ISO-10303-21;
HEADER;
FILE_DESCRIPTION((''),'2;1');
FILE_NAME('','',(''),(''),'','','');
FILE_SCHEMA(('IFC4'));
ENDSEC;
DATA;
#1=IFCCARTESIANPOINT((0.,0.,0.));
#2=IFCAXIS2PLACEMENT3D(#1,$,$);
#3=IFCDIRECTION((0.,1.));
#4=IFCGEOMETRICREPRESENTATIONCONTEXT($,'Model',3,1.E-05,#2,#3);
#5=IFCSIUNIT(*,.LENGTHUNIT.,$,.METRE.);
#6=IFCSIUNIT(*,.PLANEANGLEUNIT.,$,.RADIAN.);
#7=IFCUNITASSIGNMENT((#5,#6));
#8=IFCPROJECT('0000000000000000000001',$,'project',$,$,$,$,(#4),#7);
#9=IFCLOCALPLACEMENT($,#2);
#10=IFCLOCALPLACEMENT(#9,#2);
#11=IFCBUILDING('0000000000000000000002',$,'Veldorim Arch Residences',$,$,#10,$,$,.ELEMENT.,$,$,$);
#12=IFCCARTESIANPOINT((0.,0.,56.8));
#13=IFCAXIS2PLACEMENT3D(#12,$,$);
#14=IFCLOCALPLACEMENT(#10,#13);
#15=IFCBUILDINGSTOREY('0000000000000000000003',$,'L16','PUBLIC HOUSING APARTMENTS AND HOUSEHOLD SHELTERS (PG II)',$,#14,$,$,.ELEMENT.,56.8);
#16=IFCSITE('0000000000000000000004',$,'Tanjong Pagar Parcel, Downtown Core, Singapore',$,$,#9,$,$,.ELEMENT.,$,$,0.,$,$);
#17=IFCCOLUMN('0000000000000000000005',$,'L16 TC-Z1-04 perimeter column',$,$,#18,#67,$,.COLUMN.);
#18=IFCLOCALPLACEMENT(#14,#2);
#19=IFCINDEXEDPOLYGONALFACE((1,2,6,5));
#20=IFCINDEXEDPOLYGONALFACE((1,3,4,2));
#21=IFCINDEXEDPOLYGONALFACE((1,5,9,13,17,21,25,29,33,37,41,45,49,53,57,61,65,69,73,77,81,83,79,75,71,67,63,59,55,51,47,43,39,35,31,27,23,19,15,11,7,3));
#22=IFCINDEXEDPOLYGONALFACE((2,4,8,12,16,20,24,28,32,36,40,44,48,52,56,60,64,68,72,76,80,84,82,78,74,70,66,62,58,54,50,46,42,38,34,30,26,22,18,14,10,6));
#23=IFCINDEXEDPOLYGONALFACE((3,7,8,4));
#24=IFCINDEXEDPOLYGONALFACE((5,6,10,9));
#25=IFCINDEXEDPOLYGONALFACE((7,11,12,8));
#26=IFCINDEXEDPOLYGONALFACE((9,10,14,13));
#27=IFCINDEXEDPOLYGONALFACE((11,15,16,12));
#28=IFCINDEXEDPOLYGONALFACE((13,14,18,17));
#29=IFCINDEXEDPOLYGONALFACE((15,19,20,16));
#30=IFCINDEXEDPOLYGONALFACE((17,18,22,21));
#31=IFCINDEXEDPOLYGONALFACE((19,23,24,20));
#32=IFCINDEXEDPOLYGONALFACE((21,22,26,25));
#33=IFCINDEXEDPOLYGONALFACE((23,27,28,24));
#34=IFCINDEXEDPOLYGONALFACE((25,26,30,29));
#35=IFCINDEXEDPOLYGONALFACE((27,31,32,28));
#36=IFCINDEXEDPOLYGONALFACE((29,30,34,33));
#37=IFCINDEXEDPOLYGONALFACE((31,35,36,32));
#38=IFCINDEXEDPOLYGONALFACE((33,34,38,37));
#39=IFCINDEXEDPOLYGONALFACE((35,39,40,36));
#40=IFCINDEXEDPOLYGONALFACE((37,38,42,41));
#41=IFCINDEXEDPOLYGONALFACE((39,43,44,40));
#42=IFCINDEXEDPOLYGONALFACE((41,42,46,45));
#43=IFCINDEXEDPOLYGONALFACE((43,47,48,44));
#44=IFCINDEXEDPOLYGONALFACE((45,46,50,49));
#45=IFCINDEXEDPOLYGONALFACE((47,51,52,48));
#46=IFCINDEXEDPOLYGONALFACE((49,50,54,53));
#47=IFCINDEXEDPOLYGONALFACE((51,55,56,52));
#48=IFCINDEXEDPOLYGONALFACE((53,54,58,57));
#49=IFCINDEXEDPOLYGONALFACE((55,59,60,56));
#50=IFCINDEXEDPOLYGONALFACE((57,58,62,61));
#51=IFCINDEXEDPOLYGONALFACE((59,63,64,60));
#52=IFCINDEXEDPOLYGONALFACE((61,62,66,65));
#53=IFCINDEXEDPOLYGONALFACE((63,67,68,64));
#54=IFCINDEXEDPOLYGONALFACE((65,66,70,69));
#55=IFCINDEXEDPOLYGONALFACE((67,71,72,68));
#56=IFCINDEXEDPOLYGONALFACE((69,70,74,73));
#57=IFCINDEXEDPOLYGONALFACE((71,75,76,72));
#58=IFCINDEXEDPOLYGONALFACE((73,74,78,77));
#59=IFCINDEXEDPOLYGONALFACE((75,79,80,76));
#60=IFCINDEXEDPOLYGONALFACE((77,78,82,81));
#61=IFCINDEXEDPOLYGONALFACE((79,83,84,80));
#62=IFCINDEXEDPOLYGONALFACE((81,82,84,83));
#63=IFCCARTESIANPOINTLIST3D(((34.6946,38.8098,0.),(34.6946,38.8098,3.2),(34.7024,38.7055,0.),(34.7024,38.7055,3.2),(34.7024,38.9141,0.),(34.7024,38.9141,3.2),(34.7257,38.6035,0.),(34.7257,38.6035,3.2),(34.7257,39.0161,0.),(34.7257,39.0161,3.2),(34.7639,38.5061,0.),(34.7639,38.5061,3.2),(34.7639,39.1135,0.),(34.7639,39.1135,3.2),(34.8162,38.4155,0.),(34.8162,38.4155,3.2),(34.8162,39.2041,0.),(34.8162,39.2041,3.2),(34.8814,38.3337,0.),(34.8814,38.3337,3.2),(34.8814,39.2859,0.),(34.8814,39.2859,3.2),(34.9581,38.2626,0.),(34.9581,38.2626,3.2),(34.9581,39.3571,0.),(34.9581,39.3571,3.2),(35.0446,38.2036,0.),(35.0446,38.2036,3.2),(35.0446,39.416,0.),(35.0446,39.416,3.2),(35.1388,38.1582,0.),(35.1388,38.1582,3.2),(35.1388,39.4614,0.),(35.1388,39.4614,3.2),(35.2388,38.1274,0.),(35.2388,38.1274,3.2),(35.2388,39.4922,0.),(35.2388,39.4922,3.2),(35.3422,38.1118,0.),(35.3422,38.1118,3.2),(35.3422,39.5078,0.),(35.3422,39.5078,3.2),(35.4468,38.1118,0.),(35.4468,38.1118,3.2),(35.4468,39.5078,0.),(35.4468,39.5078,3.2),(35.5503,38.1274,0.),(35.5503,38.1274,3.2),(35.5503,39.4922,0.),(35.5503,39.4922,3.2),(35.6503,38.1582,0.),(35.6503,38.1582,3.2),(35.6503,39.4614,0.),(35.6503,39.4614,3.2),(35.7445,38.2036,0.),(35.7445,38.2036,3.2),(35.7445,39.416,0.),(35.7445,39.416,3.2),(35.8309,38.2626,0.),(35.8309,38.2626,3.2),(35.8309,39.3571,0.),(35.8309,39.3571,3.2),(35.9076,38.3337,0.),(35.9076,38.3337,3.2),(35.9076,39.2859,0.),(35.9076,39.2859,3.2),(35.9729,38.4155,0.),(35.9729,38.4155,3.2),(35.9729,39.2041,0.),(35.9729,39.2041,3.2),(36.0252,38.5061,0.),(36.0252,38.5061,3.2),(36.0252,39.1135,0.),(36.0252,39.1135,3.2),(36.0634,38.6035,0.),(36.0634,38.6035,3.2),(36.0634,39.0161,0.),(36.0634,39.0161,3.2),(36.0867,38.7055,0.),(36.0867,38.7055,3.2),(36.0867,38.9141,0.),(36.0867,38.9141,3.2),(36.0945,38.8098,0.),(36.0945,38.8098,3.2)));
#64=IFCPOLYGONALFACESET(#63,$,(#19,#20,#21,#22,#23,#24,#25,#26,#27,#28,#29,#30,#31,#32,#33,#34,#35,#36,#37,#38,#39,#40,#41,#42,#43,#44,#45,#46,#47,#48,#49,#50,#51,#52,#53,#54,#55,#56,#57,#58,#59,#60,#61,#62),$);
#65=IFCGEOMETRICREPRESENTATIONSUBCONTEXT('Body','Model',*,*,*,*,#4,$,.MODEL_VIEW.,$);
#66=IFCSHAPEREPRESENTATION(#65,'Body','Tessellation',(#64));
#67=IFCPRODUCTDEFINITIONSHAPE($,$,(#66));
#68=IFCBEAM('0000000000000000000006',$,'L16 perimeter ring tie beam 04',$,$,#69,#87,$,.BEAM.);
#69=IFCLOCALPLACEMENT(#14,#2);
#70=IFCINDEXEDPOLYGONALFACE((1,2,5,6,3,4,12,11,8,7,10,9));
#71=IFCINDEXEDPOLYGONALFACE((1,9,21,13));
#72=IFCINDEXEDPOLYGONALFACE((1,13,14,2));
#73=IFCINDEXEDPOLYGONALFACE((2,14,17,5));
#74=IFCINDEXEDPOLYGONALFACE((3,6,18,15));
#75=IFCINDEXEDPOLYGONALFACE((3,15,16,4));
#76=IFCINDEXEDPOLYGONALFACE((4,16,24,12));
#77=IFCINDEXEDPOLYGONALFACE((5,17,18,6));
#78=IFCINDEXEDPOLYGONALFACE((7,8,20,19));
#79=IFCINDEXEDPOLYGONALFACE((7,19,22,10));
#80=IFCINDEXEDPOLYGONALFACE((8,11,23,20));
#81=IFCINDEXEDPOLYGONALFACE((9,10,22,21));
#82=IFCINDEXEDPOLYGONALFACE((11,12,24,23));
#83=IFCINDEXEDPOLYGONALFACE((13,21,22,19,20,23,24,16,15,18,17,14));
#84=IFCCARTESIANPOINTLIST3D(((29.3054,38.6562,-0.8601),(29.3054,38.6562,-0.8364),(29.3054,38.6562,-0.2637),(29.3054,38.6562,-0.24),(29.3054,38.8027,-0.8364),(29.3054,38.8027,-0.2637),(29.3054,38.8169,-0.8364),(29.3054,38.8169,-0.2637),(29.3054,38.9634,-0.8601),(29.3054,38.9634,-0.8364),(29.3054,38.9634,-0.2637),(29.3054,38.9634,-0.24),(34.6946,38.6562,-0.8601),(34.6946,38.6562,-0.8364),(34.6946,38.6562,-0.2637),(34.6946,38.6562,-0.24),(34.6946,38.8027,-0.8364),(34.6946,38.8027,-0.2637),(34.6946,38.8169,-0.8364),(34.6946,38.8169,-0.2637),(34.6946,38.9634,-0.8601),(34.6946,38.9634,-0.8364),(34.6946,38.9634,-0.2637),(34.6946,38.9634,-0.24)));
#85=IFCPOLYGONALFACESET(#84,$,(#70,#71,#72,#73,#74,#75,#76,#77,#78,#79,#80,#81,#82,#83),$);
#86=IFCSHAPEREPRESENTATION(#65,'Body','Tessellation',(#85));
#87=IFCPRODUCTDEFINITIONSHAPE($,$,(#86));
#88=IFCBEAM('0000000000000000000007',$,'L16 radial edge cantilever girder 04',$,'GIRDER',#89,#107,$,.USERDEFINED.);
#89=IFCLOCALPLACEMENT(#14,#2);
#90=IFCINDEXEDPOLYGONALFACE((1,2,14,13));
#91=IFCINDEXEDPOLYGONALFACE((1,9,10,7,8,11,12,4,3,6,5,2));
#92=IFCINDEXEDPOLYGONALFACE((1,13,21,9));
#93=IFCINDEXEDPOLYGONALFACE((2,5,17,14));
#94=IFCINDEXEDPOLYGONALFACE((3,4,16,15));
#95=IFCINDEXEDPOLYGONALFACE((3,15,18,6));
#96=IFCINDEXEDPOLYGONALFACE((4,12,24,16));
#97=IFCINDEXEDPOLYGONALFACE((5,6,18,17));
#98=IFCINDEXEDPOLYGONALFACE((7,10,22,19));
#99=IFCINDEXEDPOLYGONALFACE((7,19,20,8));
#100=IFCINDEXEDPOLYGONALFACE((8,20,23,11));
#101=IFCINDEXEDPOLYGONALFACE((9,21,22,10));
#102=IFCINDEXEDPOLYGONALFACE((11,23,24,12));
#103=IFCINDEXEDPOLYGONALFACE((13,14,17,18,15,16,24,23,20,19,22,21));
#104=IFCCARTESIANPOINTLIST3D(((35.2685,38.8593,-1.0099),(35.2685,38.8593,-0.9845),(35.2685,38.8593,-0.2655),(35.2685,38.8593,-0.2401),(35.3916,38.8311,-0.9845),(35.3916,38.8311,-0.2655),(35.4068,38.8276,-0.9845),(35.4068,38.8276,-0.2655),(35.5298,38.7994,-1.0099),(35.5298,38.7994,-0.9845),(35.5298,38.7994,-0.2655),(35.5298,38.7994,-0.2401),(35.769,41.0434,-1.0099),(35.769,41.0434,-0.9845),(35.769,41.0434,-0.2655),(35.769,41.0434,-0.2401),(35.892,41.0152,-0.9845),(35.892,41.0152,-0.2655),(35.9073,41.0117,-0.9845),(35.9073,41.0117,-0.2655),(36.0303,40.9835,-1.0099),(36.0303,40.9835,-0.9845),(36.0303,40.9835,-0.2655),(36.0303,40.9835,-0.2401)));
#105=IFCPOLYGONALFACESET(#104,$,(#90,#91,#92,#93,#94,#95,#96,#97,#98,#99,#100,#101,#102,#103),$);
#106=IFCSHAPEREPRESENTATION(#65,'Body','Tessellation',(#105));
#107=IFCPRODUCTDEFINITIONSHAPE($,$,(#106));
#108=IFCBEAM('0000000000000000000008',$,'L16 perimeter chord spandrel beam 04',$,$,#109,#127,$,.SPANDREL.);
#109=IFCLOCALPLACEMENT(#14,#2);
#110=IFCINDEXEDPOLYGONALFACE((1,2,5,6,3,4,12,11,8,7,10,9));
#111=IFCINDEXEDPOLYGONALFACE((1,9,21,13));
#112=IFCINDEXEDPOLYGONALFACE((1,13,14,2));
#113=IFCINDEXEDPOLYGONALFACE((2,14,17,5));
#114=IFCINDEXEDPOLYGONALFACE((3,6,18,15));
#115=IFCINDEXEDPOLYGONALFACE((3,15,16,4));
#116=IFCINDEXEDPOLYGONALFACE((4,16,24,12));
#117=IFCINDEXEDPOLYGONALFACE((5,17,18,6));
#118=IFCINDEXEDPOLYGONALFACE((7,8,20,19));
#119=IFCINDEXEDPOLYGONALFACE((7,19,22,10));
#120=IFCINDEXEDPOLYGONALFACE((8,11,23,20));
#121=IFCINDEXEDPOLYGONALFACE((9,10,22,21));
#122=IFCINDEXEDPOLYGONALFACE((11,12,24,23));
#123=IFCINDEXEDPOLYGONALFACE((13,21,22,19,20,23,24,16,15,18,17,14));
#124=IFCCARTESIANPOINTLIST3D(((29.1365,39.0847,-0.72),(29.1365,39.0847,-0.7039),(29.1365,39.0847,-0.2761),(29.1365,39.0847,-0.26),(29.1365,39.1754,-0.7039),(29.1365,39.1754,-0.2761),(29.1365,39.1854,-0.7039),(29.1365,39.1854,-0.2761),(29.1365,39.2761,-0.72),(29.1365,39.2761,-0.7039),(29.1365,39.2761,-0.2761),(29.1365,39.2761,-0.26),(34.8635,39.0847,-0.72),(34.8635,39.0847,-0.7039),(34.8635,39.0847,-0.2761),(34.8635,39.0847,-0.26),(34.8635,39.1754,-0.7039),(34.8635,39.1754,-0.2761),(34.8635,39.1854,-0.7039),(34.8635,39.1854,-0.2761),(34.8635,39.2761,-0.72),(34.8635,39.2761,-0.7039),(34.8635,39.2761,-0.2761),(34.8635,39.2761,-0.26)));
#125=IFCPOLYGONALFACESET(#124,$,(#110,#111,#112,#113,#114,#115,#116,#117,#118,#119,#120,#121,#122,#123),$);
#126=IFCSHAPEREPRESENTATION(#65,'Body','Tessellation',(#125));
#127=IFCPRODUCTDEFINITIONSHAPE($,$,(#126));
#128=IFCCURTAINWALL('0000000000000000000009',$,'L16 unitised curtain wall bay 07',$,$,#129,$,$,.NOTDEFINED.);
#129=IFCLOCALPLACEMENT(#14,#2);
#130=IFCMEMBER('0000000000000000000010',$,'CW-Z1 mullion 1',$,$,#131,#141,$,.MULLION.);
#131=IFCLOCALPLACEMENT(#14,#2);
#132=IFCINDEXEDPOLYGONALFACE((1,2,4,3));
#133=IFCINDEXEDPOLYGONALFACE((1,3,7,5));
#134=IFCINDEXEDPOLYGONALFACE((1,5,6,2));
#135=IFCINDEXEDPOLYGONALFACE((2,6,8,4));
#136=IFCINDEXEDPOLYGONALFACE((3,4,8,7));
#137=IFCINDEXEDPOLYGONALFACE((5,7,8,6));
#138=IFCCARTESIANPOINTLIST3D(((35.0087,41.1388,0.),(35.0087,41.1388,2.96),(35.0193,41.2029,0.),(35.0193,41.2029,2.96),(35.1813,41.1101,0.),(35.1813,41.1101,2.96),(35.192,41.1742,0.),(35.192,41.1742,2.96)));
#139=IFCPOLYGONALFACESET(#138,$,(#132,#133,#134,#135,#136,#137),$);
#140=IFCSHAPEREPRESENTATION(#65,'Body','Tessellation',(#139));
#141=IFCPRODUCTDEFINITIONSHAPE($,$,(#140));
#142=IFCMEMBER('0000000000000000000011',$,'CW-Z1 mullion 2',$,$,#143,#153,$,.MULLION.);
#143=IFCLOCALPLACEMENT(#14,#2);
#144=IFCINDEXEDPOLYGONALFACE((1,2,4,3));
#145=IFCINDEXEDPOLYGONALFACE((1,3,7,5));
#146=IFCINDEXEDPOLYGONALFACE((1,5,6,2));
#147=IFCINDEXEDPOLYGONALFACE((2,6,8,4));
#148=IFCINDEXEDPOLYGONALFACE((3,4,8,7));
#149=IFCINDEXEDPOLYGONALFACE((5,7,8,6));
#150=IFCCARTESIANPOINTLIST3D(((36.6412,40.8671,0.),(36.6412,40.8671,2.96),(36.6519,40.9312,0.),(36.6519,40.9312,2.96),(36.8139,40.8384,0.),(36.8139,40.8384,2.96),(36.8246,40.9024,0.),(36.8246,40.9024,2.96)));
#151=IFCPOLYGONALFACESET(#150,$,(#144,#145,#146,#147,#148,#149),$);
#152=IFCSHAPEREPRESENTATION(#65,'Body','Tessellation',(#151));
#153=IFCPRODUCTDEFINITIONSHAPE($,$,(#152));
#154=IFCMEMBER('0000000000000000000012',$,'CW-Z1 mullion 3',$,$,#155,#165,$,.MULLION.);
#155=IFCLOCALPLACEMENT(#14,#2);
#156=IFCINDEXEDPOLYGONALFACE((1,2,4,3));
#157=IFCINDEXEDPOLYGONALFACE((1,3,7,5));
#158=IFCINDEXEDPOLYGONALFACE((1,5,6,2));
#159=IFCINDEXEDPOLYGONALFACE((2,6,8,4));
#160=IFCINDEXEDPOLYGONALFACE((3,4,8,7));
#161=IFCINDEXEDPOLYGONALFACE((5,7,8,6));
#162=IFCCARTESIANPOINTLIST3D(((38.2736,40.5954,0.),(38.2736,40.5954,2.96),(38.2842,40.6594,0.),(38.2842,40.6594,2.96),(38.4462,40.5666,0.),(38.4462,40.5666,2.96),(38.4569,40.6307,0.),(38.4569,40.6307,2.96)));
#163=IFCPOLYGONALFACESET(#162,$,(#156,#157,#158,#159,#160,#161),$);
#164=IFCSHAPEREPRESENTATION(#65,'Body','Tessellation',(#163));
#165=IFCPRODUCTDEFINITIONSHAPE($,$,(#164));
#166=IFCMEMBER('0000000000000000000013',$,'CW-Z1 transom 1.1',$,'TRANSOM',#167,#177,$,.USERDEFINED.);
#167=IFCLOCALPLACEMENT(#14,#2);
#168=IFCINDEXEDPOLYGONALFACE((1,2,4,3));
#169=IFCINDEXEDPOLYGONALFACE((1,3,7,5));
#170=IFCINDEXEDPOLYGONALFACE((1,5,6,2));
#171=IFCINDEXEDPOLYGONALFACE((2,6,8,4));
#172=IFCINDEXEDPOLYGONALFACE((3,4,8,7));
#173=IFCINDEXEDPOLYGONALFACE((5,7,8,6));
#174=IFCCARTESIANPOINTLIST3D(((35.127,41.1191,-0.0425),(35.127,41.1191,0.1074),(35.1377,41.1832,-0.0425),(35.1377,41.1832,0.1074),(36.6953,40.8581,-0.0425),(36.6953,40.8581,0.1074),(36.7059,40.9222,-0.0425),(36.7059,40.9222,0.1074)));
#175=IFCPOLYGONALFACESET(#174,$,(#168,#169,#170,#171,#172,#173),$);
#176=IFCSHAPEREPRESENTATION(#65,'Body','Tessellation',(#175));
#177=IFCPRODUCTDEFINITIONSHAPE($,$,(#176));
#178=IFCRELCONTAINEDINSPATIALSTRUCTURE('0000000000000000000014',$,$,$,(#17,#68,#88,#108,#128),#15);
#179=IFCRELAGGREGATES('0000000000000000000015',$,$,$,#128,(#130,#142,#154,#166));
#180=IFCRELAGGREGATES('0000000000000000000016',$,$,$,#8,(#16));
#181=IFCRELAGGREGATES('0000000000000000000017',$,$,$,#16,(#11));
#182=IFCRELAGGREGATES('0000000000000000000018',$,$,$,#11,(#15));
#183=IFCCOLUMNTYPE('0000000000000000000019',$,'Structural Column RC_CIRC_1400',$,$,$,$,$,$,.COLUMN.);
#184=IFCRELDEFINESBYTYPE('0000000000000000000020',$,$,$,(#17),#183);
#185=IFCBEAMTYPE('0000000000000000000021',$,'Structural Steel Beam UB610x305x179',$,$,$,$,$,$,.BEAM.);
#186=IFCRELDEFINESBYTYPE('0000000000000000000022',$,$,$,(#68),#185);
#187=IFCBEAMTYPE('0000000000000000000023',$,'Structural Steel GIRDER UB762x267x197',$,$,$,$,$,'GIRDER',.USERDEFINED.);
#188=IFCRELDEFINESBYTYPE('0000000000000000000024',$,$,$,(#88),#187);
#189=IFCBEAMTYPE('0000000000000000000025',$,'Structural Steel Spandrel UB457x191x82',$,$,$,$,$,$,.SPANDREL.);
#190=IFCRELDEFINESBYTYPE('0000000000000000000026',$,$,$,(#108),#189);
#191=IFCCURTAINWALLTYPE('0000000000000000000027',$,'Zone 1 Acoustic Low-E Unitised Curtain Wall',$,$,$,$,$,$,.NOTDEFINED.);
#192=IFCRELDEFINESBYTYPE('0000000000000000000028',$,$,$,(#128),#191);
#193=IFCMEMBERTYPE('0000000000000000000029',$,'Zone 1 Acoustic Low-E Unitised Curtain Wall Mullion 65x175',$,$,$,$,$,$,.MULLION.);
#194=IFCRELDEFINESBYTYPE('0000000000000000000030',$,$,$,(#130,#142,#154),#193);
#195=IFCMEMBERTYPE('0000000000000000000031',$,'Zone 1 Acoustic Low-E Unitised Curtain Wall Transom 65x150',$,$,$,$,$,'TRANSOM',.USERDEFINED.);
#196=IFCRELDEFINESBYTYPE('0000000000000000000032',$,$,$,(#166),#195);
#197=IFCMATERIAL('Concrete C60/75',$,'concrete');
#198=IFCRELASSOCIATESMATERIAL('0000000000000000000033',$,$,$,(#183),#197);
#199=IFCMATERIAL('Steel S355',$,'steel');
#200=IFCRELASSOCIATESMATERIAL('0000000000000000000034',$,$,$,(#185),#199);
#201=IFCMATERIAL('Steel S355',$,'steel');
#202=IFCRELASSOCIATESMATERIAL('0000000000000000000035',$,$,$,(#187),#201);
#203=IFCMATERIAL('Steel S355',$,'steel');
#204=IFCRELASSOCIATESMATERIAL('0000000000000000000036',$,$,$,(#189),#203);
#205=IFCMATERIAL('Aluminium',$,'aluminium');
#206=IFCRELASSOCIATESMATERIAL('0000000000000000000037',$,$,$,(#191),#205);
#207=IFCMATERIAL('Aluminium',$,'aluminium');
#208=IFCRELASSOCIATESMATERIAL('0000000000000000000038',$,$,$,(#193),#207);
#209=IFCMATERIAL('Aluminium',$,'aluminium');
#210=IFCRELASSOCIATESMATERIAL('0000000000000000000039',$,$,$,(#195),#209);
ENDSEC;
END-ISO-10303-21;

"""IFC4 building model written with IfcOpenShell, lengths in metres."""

from ifc_helpers import new_model, si_unit, direction, frame, origin, origin_2d, place, context, subcontext, project, spatial, rectangle, circle, i_section, extrude, material, material_profile, profile_set, type_object, element, aggregate, save


model = new_model("IFC4")

# Units and contexts
model_context = context("Model", 3, precision=1e-05, world=origin(), true_north=direction((0.0, 1.0)))
body_context = subcontext(model_context, "Body", "Model", "MODEL_VIEW")
ifc_project = project(units=[si_unit("LENGTHUNIT", "METRE"), si_unit("PLANEANGLEUNIT", "RADIAN")], contexts=[model_context])

# Site, building, storey
site_placement = place(None, origin())
site = spatial("IfcSite", under=ifc_project, at=site_placement, Name="Tanjong Pagar Parcel, Downtown Core, Singapore", CompositionType="ELEMENT", RefElevation=0.0)
building_placement = place(site_placement, origin())
building = spatial("IfcBuilding", under=site, at=building_placement, Name="Veldorim Arch Residences", CompositionType="ELEMENT")
storey_placement = place(building_placement, frame((0.0, 0.0, 56.8)))
storey = spatial("IfcBuildingStorey", under=building, at=storey_placement, Name="L16", Description="PUBLIC HOUSING APARTMENTS AND HOUSEHOLD SHELTERS (PG II)", CompositionType="ELEMENT", Elevation=56.8)

# Column
ifc_material_1 = material(Name="Concrete C60/75", Category="concrete")
ifc_material_profile_1 = material_profile(ifc_material_1, circle(Radius=0.7, at=origin_2d()), Name="RC_CIRC_1400")
ifc_profile_set_1 = profile_set([ifc_material_profile_1], Name="Concrete C60/75")
column_type = type_object("IfcColumnType", Name="Structural Column RC_CIRC_1400", PredefinedType="COLUMN", material=ifc_profile_set_1)
column_placement = place(storey_placement, frame((35.3945, 38.8098, 0.0), z_axis=(0.0, 0.0, 1.0), x_axis=(1.0, 0.0, 0.0)))
element("IfcColumn", 1, at=column_placement, inside=storey, type_object=column_type, Name="L16 TC-Z1-04 perimeter column", PredefinedType="COLUMN", context=body_context, shape_type="SweptSolid", body=[
    extrude(circle(Radius=0.7, at=origin_2d()), origin(), (0.0, 0.0, 1.0), 3.2),
])

# Beams
ifc_material_2 = material(Name="Steel S355", Category="steel")
ifc_material_profile_2 = material_profile(ifc_material_2, i_section(OverallWidth=0.3071, OverallDepth=0.6201, WebThickness=0.0142, FlangeThickness=0.0237, at=origin_2d()), Name="UB610x305x179")
ifc_profile_set_2 = profile_set([ifc_material_profile_2], Name="Steel S355")
beam_type_1 = type_object("IfcBeamType", Name="Structural Steel Beam UB610x305x179", PredefinedType="BEAM", material=ifc_profile_set_2)
beam_1_placement = place(storey_placement, frame((34.6946, 38.8098, -0.55), z_axis=(-1.0, 0.0, 0.0), x_axis=(0.0, -1.0, 0.0)))
element("IfcBeam", 2, at=beam_1_placement, inside=storey, type_object=beam_type_1, Name="L16 perimeter ring tie beam 04", PredefinedType="BEAM", context=body_context, shape_type="SweptSolid", body=[
    extrude(i_section(OverallWidth=0.3071, OverallDepth=0.6201, WebThickness=0.0142, FlangeThickness=0.0237, at=origin_2d()), origin(), (0.0, 0.0, 1.0), 5.3892),
])
ifc_material_3 = material(Name="Steel S355", Category="steel")
ifc_material_profile_3 = material_profile(ifc_material_3, i_section(OverallWidth=0.2681, OverallDepth=0.7698, WebThickness=0.0156, FlangeThickness=0.0254, at=origin_2d()), Name="UB762x267x197")
ifc_profile_set_3 = profile_set([ifc_material_profile_3], Name="Steel S355")
beam_type_2 = type_object("IfcBeamType", Name="Structural Steel GIRDER UB762x267x197", ElementType="GIRDER", PredefinedType="USERDEFINED", material=ifc_profile_set_3)
beam_2_placement = place(storey_placement, frame((35.3992, 38.8293, -0.625), z_axis=(0.223363, 0.974735, 0.0), x_axis=(-0.974735, 0.223363, 0.0)))
element("IfcBeam", 3, at=beam_2_placement, inside=storey, type_object=beam_type_2, Name="L16 radial edge cantilever girder 04", ObjectType="GIRDER", PredefinedType="USERDEFINED", context=body_context, shape_type="SweptSolid", body=[
    extrude(i_section(OverallWidth=0.2681, OverallDepth=0.7698, WebThickness=0.0156, FlangeThickness=0.0254, at=origin_2d()), origin(), (0.0, 0.0, 1.0), 2.2407),
])
ifc_material_4 = material(Name="Steel S355", Category="steel")
ifc_material_profile_4 = material_profile(ifc_material_4, i_section(OverallWidth=0.1914, OverallDepth=0.46, WebThickness=0.01, FlangeThickness=0.0161, at=origin_2d()), Name="UB457x191x82")
ifc_profile_set_4 = profile_set([ifc_material_profile_4], Name="Steel S355")
beam_type_3 = type_object("IfcBeamType", Name="Structural Steel Spandrel UB457x191x82", PredefinedType="SPANDREL", material=ifc_profile_set_4)
beam_3_placement = place(storey_placement, frame((34.8635, 39.1804, -0.49), z_axis=(-1.0, 0.0, 0.0), x_axis=(0.0, -1.0, 0.0)))
element("IfcBeam", 4, at=beam_3_placement, inside=storey, type_object=beam_type_3, Name="L16 perimeter chord spandrel beam 04", PredefinedType="SPANDREL", context=body_context, shape_type="SweptSolid", body=[
    extrude(i_section(OverallWidth=0.1914, OverallDepth=0.46, WebThickness=0.01, FlangeThickness=0.0161, at=origin_2d()), origin(), (0.0, 0.0, 1.0), 5.7271),
])

# Curtain wall, members
ifc_material_5 = material(Name="Aluminium", Category="aluminium")
curtain_wall_type = type_object("IfcCurtainWallType", Name="Zone 1 Acoustic Low-E Unitised Curtain Wall", PredefinedType="NOTDEFINED", material=ifc_material_5)
curtain_wall_placement = place(storey_placement, origin())
curtain_wall = element("IfcCurtainWall", 5, at=curtain_wall_placement, inside=storey, type_object=curtain_wall_type, Name="L16 unitised curtain wall bay 07", PredefinedType="NOTDEFINED")
ifc_material_6 = material(Name="Aluminium", Category="aluminium")
ifc_material_profile_5 = material_profile(ifc_material_6, rectangle(XDim=0.0649, YDim=0.175, at=origin_2d()), Name="ALU_MUL_65x175")
ifc_profile_set_5 = profile_set([ifc_material_profile_5], Name="Aluminium")
member_type_1 = type_object("IfcMemberType", Name="Zone 1 Acoustic Low-E Unitised Curtain Wall Mullion 65x175", PredefinedType="MULLION", material=ifc_profile_set_5)
member_1_placement = place(storey_placement, frame((35.1003, 41.1565, 0.0), z_axis=(0.0, 0.0, 1.0), x_axis=(0.164212, 0.986425, 0.0)))
member_1 = element("IfcMember", 6, at=member_1_placement, type_object=member_type_1, Name="CW-Z1 mullion 1", PredefinedType="MULLION", context=body_context, shape_type="SweptSolid", body=[
    extrude(rectangle(XDim=0.0649, YDim=0.175, at=origin_2d()), origin(), (0.0, 0.0, 1.0), 2.96),
])
member_2_placement = place(storey_placement, frame((36.7329, 40.8848, 0.0), z_axis=(0.0, 0.0, 1.0), x_axis=(0.164212, 0.986425, 0.0)))
member_2 = element("IfcMember", 7, at=member_2_placement, type_object=member_type_1, Name="CW-Z1 mullion 2", PredefinedType="MULLION", context=body_context, shape_type="SweptSolid", body=[
    extrude(rectangle(XDim=0.0649, YDim=0.175, at=origin_2d()), origin(), (0.0, 0.0, 1.0), 2.96),
])
member_3_placement = place(storey_placement, frame((38.3652, 40.613, 0.0), z_axis=(0.0, 0.0, 1.0), x_axis=(0.164212, 0.986425, 0.0)))
member_3 = element("IfcMember", 8, at=member_3_placement, type_object=member_type_1, Name="CW-Z1 mullion 3", PredefinedType="MULLION", context=body_context, shape_type="SweptSolid", body=[
    extrude(rectangle(XDim=0.0649, YDim=0.175, at=origin_2d()), origin(), (0.0, 0.0, 1.0), 2.96),
])
ifc_material_7 = material(Name="Aluminium", Category="aluminium")
ifc_material_profile_6 = material_profile(ifc_material_7, rectangle(XDim=0.0649, YDim=0.1499, at=origin_2d()), Name="ALU_TRN_65x150")
ifc_profile_set_6 = profile_set([ifc_material_profile_6], Name="Aluminium")
member_type_2 = type_object("IfcMemberType", Name="Zone 1 Acoustic Low-E Unitised Curtain Wall Transom 65x150", ElementType="TRANSOM", PredefinedType="USERDEFINED", material=ifc_profile_set_6)
member_4_placement = place(storey_placement, frame((35.1323, 41.1511, 0.0325), z_axis=(0.986435, -0.16415, 0.0), x_axis=(0.16415, 0.986435, 0.0)))
member_4 = element("IfcMember", 9, at=member_4_placement, type_object=member_type_2, Name="CW-Z1 transom 1.1", ObjectType="TRANSOM", PredefinedType="USERDEFINED", context=body_context, shape_type="SweptSolid", body=[
    extrude(rectangle(XDim=0.0649, YDim=0.1499, at=origin_2d()), origin(), (0.0, 0.0, 1.0), 1.5898),
])
aggregate(curtain_wall, [member_1, member_2, member_3, member_4])

save(model, "model.ifc")
